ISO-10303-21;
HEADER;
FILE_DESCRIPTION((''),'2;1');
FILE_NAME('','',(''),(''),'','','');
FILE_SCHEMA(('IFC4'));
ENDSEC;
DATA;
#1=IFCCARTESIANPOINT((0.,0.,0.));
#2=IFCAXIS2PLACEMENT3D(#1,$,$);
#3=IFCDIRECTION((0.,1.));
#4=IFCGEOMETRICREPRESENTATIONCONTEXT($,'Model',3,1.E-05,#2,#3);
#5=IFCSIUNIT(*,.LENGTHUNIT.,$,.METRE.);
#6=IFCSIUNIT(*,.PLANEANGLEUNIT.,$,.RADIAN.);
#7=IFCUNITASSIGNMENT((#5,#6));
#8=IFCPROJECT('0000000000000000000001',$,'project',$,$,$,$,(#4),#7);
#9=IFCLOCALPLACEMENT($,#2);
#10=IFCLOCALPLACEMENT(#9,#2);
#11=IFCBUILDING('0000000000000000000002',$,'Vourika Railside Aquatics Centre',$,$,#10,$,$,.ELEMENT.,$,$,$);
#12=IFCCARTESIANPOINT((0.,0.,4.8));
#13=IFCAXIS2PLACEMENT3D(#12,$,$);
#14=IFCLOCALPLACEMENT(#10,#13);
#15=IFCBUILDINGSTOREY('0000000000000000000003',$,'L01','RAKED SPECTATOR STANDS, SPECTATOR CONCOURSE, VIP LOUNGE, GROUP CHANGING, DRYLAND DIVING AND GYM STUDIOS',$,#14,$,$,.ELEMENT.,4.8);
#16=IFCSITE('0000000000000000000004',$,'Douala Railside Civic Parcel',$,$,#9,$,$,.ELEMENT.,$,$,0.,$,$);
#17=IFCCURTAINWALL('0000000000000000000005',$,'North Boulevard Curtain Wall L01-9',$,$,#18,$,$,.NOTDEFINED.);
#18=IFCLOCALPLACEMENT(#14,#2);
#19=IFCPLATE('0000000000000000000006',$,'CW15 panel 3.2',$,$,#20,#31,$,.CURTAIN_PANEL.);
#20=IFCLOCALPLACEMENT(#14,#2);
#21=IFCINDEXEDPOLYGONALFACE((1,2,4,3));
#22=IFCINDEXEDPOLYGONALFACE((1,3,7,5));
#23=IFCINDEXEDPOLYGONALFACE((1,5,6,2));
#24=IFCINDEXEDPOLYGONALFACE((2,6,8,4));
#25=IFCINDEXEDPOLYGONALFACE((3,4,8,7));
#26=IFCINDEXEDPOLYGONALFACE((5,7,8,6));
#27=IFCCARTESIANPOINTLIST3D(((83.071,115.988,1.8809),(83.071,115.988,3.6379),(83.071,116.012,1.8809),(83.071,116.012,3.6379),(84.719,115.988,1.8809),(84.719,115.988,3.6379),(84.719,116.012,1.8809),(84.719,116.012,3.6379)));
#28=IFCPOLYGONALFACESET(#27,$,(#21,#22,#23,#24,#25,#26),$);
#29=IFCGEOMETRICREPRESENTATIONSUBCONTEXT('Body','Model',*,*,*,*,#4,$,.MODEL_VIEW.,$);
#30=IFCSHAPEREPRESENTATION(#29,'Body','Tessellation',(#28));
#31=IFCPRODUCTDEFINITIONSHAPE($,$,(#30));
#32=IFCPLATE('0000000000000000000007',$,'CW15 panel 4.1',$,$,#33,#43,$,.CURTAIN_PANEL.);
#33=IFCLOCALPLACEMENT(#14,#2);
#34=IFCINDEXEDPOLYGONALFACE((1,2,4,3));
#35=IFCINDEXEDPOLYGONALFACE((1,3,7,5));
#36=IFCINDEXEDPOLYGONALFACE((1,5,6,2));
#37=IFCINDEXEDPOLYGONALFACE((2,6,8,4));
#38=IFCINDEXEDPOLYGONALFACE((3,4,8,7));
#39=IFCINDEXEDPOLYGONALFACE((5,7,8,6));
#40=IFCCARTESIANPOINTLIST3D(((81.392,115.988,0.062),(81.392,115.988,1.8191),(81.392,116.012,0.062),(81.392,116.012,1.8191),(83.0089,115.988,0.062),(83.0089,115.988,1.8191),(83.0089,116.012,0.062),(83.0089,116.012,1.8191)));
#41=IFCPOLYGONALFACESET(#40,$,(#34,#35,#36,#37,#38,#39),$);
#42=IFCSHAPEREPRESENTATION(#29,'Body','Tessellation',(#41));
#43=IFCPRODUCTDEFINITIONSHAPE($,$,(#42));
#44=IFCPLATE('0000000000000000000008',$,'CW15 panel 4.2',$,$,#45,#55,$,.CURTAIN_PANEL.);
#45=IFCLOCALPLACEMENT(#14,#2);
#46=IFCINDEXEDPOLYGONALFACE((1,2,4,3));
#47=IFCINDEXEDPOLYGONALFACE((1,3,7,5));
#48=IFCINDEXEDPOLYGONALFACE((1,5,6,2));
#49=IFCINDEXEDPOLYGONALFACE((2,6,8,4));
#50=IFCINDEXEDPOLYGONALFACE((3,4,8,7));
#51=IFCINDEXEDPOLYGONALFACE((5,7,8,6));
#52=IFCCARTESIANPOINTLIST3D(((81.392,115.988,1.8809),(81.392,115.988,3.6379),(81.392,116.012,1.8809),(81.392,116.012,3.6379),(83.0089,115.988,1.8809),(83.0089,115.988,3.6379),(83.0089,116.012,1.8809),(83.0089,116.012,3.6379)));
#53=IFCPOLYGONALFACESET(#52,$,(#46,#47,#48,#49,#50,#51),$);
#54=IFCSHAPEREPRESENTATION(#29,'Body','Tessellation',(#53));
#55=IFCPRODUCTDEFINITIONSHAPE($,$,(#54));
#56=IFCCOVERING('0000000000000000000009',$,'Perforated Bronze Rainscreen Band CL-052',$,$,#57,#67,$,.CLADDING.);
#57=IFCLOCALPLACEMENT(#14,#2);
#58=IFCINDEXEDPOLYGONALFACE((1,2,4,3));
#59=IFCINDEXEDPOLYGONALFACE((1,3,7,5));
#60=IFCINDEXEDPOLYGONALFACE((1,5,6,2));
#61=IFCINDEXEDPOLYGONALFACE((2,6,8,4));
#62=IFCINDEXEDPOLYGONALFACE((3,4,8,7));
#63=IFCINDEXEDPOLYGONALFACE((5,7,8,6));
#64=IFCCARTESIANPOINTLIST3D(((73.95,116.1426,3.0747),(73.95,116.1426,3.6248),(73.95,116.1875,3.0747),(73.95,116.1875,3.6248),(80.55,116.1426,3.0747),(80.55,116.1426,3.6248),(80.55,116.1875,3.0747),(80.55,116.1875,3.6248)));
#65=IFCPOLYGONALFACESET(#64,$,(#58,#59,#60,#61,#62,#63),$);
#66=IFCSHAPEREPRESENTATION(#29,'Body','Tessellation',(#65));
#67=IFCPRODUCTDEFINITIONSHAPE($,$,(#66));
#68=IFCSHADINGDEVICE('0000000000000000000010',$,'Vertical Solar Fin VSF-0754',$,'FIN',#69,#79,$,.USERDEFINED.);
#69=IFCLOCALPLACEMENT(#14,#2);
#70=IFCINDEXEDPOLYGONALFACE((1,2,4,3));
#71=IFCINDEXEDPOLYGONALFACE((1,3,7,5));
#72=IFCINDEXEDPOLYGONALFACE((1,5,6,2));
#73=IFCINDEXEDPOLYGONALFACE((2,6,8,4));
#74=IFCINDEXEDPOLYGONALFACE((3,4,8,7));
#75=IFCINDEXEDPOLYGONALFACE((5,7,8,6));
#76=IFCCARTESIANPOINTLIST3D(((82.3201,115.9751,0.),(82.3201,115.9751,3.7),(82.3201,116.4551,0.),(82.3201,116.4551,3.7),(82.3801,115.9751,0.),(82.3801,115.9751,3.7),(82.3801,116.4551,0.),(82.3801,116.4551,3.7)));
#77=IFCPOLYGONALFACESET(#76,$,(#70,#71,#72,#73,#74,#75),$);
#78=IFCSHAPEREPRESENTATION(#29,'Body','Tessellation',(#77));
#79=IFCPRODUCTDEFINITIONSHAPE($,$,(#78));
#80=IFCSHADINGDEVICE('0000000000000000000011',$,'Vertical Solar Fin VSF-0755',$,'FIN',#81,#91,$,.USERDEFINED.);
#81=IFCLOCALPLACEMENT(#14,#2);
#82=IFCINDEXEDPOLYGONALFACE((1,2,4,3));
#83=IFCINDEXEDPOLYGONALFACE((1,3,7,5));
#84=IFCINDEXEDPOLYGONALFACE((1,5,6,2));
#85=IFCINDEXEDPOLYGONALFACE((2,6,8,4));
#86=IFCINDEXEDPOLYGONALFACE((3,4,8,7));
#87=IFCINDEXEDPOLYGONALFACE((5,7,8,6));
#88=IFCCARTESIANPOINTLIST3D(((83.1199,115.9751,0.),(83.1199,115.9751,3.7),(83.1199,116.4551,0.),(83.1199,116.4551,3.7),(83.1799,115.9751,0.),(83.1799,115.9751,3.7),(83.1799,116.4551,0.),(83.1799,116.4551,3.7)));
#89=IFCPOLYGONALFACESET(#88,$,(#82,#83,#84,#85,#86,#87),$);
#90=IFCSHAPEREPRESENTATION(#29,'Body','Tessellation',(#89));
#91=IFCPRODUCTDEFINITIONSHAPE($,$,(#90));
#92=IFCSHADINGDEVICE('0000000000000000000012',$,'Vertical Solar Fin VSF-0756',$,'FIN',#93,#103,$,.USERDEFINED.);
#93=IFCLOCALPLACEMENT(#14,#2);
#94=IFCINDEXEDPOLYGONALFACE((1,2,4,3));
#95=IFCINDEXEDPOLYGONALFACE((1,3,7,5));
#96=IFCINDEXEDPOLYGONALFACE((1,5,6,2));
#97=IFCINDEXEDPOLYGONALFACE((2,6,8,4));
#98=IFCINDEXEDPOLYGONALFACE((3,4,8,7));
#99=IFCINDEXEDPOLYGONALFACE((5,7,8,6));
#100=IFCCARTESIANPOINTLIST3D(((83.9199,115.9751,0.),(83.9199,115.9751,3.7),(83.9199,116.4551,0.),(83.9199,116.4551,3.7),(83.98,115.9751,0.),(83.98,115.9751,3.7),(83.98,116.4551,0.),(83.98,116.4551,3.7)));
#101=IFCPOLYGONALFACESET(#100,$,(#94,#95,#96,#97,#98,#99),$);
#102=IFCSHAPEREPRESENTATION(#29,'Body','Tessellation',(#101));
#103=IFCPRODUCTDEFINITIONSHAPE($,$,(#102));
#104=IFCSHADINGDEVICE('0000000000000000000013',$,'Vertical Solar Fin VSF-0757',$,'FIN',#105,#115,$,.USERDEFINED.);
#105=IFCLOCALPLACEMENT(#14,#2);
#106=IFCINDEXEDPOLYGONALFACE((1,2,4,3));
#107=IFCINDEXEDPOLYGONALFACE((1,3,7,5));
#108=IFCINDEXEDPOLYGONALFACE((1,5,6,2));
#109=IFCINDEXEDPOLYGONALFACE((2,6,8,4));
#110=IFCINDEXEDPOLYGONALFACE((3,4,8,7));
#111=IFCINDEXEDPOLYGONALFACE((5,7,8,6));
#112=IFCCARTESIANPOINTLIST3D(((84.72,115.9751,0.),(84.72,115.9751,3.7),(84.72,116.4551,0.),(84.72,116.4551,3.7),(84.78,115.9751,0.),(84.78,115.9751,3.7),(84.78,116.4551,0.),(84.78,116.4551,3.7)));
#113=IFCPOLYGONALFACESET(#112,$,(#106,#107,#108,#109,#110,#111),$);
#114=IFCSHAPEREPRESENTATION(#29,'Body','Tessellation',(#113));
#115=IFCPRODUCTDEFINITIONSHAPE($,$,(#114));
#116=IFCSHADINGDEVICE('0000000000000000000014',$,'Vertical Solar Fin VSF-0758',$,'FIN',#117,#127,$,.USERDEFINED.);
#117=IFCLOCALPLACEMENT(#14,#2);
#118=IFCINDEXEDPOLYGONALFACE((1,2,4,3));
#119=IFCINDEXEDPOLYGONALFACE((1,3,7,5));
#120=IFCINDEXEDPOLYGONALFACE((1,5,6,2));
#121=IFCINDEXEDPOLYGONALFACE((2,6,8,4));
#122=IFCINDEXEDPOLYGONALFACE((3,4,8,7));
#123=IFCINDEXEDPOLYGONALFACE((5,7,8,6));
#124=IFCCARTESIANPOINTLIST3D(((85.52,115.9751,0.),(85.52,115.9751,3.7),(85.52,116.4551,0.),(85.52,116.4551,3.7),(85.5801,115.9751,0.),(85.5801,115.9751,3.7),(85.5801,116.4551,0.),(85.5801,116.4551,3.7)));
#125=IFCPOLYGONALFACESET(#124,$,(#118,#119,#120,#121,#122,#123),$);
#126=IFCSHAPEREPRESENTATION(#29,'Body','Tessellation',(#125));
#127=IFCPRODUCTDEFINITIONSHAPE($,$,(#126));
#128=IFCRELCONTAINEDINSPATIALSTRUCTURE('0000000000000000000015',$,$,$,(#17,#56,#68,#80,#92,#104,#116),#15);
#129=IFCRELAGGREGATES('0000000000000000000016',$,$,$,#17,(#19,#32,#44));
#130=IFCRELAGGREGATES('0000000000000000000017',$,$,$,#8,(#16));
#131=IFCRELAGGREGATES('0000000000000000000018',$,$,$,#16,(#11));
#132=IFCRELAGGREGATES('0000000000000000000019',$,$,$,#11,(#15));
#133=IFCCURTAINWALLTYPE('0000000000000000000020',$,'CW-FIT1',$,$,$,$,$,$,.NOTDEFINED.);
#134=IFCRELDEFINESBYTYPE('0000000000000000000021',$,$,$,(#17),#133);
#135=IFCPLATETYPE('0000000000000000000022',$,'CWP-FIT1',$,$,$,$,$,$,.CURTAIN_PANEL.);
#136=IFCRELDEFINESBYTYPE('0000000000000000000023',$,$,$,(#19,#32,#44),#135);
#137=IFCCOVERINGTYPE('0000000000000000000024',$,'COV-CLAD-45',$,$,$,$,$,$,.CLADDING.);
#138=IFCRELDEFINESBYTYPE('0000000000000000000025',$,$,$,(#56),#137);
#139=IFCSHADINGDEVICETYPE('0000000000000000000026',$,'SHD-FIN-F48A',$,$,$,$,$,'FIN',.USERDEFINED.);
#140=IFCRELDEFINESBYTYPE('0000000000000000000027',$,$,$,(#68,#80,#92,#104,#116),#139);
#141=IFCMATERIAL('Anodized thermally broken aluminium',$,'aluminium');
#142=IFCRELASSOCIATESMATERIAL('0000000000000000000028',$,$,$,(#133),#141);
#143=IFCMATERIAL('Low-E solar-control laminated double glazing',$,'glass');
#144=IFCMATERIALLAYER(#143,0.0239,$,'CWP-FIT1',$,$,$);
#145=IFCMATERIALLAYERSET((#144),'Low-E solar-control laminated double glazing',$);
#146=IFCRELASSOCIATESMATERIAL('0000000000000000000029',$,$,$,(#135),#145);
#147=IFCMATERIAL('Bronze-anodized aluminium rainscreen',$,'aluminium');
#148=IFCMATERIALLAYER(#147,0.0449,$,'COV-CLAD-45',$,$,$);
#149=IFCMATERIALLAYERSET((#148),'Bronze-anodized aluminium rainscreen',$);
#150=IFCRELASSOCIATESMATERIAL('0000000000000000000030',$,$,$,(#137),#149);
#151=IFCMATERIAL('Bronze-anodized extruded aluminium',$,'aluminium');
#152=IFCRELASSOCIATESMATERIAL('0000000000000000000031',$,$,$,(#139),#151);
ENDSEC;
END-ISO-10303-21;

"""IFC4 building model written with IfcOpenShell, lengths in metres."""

from ifc_helpers import new_model, si_unit, direction, frame, origin, origin_2d, place, context, subcontext, project, spatial, rectangle, extrude, material, layer, layer_set, material_profile, profile_set, type_object, element, aggregate, save


model = new_model("IFC4")

# Units and contexts
model_context = context("Model", 3, precision=1e-05, world=origin(), true_north=direction((0.0, 1.0)))
body_context = subcontext(model_context, "Body", "Model", "MODEL_VIEW")
ifc_project = project(units=[si_unit("LENGTHUNIT", "METRE"), si_unit("PLANEANGLEUNIT", "RADIAN")], contexts=[model_context])

# Site, building, storey
site_placement = place(None, origin())
site = spatial("IfcSite", under=ifc_project, at=site_placement, Name="Douala Railside Civic Parcel", CompositionType="ELEMENT", RefElevation=0.0)
building_placement = place(site_placement, origin())
building = spatial("IfcBuilding", under=site, at=building_placement, Name="Vourika Railside Aquatics Centre", CompositionType="ELEMENT")
storey_placement = place(building_placement, frame((0.0, 0.0, 4.8)))
storey = spatial("IfcBuildingStorey", under=building, at=storey_placement, Name="L01", Description="RAKED SPECTATOR STANDS, SPECTATOR CONCOURSE, VIP LOUNGE, GROUP CHANGING, DRYLAND DIVING AND GYM STUDIOS", CompositionType="ELEMENT", Elevation=4.8)

# Curtain wall, plates
ifc_material_1 = material(Name="Anodized thermally broken aluminium", Category="aluminium")
curtain_wall_type = type_object("IfcCurtainWallType", Name="CW-FIT1", PredefinedType="NOTDEFINED", material=ifc_material_1)
curtain_wall_placement = place(storey_placement, origin())
curtain_wall = element("IfcCurtainWall", 1, at=curtain_wall_placement, inside=storey, type_object=curtain_wall_type, Name="North Boulevard Curtain Wall L01-9", PredefinedType="NOTDEFINED")
ifc_material_2 = material(Name="Low-E solar-control laminated double glazing", Category="glass")
ifc_layer_1 = layer(ifc_material_2, 0.0239, Name="CWP-FIT1")
ifc_layer_set_1 = layer_set([ifc_layer_1], Name="Low-E solar-control laminated double glazing")
plate_type = type_object("IfcPlateType", Name="CWP-FIT1", PredefinedType="CURTAIN_PANEL", material=ifc_layer_set_1)
plate_1_placement = place(storey_placement, frame((83.895, 116.0, 1.8809), z_axis=(0.0, 0.0, 1.0), x_axis=(-1.0, 0.0, 0.0)))
plate_1 = element("IfcPlate", 2, at=plate_1_placement, type_object=plate_type, Name="CW15 panel 3.2", PredefinedType="CURTAIN_PANEL", context=body_context, shape_type="SweptSolid", body=[
    extrude(rectangle(XDim=1.6479, YDim=0.0239, at=origin_2d()), origin(), (0.0, 0.0, 1.0), 1.7571),
])
plate_2_placement = place(storey_placement, frame((82.2004, 116.0, 0.062), z_axis=(0.0, 0.0, 1.0), x_axis=(-1.0, 0.0, 0.0)))
plate_2 = element("IfcPlate", 3, at=plate_2_placement, type_object=plate_type, Name="CW15 panel 4.1", PredefinedType="CURTAIN_PANEL", context=body_context, shape_type="SweptSolid", body=[
    extrude(rectangle(XDim=1.6169, YDim=0.0239, at=origin_2d()), origin(), (0.0, 0.0, 1.0), 1.7571),
])
plate_3_placement = place(storey_placement, frame((82.2004, 116.0, 1.8809), z_axis=(0.0, 0.0, 1.0), x_axis=(-1.0, 0.0, 0.0)))
plate_3 = element("IfcPlate", 4, at=plate_3_placement, type_object=plate_type, Name="CW15 panel 4.2", PredefinedType="CURTAIN_PANEL", context=body_context, shape_type="SweptSolid", body=[
    extrude(rectangle(XDim=1.6169, YDim=0.0239, at=origin_2d()), origin(), (0.0, 0.0, 1.0), 1.7571),
])
aggregate(curtain_wall, [plate_1, plate_2, plate_3])

# Covering
ifc_material_3 = material(Name="Bronze-anodized aluminium rainscreen", Category="aluminium")
ifc_layer_2 = layer(ifc_material_3, 0.0449, Name="COV-CLAD-45")
ifc_layer_set_2 = layer_set([ifc_layer_2], Name="Bronze-anodized aluminium rainscreen")
covering_type = type_object("IfcCoveringType", Name="COV-CLAD-45", PredefinedType="CLADDING", material=ifc_layer_set_2)
covering_placement = place(storey_placement, frame((77.25, 116.165, 3.0747), z_axis=(0.0, 0.0, 1.0), x_axis=(-1.0, 0.0, 0.0)))
element("IfcCovering", 5, at=covering_placement, inside=storey, type_object=covering_type, Name="Perforated Bronze Rainscreen Band CL-052", PredefinedType="CLADDING", context=body_context, shape_type="SweptSolid", body=[
    extrude(rectangle(XDim=6.6001, YDim=0.0449, at=origin_2d()), origin(), (0.0, 0.0, 1.0), 0.55),
])

# Shading devices
ifc_material_4 = material(Name="Bronze-anodized extruded aluminium", Category="aluminium")
ifc_material_profile_1 = material_profile(ifc_material_4, rectangle(XDim=0.0601, YDim=0.48, at=origin_2d()), Name="ALU-FIN 60x480")
ifc_profile_set_1 = profile_set([ifc_material_profile_1], Name="Bronze-anodized extruded aluminium")
shading_device_type = type_object("IfcShadingDeviceType", Name="SHD-FIN-F48A", ElementType="FIN", PredefinedType="USERDEFINED", material=ifc_profile_set_1)
for number, where, z_axis, x_axis, name in (
    (6, (82.3501, 116.2151, 0.0), (0.0, 0.0, 1.0), (1.0, 0.0, 0.0), "Vertical Solar Fin VSF-0754"),
    (7, (83.1499, 116.2151, 0.0), (0.0, 0.0, 1.0), (1.0, 0.0, 0.0), "Vertical Solar Fin VSF-0755"),
    (8, (83.95, 116.2151, 0.0), (0.0, 0.0, 1.0), (1.0, 0.0, 0.0), "Vertical Solar Fin VSF-0756"),
    (9, (84.75, 116.2151, 0.0), (0.0, 0.0, 1.0), (1.0, 0.0, 0.0), "Vertical Solar Fin VSF-0757"),
    (10, (85.55, 116.2151, 0.0), (0.0, 0.0, 1.0), (1.0, 0.0, 0.0), "Vertical Solar Fin VSF-0758"),
):
    element("IfcShadingDevice", number, at=place(storey_placement, frame(where, z_axis=z_axis, x_axis=x_axis)), inside=storey, type_object=shading_device_type, Name=name, ObjectType="FIN", PredefinedType="USERDEFINED", context=body_context, shape_type="SweptSolid", body=[
        extrude(rectangle(XDim=0.0601, YDim=0.48, at=origin_2d()), origin(), (0.0, 0.0, 1.0), 3.7),
    ])

save(model, "model.ifc")
